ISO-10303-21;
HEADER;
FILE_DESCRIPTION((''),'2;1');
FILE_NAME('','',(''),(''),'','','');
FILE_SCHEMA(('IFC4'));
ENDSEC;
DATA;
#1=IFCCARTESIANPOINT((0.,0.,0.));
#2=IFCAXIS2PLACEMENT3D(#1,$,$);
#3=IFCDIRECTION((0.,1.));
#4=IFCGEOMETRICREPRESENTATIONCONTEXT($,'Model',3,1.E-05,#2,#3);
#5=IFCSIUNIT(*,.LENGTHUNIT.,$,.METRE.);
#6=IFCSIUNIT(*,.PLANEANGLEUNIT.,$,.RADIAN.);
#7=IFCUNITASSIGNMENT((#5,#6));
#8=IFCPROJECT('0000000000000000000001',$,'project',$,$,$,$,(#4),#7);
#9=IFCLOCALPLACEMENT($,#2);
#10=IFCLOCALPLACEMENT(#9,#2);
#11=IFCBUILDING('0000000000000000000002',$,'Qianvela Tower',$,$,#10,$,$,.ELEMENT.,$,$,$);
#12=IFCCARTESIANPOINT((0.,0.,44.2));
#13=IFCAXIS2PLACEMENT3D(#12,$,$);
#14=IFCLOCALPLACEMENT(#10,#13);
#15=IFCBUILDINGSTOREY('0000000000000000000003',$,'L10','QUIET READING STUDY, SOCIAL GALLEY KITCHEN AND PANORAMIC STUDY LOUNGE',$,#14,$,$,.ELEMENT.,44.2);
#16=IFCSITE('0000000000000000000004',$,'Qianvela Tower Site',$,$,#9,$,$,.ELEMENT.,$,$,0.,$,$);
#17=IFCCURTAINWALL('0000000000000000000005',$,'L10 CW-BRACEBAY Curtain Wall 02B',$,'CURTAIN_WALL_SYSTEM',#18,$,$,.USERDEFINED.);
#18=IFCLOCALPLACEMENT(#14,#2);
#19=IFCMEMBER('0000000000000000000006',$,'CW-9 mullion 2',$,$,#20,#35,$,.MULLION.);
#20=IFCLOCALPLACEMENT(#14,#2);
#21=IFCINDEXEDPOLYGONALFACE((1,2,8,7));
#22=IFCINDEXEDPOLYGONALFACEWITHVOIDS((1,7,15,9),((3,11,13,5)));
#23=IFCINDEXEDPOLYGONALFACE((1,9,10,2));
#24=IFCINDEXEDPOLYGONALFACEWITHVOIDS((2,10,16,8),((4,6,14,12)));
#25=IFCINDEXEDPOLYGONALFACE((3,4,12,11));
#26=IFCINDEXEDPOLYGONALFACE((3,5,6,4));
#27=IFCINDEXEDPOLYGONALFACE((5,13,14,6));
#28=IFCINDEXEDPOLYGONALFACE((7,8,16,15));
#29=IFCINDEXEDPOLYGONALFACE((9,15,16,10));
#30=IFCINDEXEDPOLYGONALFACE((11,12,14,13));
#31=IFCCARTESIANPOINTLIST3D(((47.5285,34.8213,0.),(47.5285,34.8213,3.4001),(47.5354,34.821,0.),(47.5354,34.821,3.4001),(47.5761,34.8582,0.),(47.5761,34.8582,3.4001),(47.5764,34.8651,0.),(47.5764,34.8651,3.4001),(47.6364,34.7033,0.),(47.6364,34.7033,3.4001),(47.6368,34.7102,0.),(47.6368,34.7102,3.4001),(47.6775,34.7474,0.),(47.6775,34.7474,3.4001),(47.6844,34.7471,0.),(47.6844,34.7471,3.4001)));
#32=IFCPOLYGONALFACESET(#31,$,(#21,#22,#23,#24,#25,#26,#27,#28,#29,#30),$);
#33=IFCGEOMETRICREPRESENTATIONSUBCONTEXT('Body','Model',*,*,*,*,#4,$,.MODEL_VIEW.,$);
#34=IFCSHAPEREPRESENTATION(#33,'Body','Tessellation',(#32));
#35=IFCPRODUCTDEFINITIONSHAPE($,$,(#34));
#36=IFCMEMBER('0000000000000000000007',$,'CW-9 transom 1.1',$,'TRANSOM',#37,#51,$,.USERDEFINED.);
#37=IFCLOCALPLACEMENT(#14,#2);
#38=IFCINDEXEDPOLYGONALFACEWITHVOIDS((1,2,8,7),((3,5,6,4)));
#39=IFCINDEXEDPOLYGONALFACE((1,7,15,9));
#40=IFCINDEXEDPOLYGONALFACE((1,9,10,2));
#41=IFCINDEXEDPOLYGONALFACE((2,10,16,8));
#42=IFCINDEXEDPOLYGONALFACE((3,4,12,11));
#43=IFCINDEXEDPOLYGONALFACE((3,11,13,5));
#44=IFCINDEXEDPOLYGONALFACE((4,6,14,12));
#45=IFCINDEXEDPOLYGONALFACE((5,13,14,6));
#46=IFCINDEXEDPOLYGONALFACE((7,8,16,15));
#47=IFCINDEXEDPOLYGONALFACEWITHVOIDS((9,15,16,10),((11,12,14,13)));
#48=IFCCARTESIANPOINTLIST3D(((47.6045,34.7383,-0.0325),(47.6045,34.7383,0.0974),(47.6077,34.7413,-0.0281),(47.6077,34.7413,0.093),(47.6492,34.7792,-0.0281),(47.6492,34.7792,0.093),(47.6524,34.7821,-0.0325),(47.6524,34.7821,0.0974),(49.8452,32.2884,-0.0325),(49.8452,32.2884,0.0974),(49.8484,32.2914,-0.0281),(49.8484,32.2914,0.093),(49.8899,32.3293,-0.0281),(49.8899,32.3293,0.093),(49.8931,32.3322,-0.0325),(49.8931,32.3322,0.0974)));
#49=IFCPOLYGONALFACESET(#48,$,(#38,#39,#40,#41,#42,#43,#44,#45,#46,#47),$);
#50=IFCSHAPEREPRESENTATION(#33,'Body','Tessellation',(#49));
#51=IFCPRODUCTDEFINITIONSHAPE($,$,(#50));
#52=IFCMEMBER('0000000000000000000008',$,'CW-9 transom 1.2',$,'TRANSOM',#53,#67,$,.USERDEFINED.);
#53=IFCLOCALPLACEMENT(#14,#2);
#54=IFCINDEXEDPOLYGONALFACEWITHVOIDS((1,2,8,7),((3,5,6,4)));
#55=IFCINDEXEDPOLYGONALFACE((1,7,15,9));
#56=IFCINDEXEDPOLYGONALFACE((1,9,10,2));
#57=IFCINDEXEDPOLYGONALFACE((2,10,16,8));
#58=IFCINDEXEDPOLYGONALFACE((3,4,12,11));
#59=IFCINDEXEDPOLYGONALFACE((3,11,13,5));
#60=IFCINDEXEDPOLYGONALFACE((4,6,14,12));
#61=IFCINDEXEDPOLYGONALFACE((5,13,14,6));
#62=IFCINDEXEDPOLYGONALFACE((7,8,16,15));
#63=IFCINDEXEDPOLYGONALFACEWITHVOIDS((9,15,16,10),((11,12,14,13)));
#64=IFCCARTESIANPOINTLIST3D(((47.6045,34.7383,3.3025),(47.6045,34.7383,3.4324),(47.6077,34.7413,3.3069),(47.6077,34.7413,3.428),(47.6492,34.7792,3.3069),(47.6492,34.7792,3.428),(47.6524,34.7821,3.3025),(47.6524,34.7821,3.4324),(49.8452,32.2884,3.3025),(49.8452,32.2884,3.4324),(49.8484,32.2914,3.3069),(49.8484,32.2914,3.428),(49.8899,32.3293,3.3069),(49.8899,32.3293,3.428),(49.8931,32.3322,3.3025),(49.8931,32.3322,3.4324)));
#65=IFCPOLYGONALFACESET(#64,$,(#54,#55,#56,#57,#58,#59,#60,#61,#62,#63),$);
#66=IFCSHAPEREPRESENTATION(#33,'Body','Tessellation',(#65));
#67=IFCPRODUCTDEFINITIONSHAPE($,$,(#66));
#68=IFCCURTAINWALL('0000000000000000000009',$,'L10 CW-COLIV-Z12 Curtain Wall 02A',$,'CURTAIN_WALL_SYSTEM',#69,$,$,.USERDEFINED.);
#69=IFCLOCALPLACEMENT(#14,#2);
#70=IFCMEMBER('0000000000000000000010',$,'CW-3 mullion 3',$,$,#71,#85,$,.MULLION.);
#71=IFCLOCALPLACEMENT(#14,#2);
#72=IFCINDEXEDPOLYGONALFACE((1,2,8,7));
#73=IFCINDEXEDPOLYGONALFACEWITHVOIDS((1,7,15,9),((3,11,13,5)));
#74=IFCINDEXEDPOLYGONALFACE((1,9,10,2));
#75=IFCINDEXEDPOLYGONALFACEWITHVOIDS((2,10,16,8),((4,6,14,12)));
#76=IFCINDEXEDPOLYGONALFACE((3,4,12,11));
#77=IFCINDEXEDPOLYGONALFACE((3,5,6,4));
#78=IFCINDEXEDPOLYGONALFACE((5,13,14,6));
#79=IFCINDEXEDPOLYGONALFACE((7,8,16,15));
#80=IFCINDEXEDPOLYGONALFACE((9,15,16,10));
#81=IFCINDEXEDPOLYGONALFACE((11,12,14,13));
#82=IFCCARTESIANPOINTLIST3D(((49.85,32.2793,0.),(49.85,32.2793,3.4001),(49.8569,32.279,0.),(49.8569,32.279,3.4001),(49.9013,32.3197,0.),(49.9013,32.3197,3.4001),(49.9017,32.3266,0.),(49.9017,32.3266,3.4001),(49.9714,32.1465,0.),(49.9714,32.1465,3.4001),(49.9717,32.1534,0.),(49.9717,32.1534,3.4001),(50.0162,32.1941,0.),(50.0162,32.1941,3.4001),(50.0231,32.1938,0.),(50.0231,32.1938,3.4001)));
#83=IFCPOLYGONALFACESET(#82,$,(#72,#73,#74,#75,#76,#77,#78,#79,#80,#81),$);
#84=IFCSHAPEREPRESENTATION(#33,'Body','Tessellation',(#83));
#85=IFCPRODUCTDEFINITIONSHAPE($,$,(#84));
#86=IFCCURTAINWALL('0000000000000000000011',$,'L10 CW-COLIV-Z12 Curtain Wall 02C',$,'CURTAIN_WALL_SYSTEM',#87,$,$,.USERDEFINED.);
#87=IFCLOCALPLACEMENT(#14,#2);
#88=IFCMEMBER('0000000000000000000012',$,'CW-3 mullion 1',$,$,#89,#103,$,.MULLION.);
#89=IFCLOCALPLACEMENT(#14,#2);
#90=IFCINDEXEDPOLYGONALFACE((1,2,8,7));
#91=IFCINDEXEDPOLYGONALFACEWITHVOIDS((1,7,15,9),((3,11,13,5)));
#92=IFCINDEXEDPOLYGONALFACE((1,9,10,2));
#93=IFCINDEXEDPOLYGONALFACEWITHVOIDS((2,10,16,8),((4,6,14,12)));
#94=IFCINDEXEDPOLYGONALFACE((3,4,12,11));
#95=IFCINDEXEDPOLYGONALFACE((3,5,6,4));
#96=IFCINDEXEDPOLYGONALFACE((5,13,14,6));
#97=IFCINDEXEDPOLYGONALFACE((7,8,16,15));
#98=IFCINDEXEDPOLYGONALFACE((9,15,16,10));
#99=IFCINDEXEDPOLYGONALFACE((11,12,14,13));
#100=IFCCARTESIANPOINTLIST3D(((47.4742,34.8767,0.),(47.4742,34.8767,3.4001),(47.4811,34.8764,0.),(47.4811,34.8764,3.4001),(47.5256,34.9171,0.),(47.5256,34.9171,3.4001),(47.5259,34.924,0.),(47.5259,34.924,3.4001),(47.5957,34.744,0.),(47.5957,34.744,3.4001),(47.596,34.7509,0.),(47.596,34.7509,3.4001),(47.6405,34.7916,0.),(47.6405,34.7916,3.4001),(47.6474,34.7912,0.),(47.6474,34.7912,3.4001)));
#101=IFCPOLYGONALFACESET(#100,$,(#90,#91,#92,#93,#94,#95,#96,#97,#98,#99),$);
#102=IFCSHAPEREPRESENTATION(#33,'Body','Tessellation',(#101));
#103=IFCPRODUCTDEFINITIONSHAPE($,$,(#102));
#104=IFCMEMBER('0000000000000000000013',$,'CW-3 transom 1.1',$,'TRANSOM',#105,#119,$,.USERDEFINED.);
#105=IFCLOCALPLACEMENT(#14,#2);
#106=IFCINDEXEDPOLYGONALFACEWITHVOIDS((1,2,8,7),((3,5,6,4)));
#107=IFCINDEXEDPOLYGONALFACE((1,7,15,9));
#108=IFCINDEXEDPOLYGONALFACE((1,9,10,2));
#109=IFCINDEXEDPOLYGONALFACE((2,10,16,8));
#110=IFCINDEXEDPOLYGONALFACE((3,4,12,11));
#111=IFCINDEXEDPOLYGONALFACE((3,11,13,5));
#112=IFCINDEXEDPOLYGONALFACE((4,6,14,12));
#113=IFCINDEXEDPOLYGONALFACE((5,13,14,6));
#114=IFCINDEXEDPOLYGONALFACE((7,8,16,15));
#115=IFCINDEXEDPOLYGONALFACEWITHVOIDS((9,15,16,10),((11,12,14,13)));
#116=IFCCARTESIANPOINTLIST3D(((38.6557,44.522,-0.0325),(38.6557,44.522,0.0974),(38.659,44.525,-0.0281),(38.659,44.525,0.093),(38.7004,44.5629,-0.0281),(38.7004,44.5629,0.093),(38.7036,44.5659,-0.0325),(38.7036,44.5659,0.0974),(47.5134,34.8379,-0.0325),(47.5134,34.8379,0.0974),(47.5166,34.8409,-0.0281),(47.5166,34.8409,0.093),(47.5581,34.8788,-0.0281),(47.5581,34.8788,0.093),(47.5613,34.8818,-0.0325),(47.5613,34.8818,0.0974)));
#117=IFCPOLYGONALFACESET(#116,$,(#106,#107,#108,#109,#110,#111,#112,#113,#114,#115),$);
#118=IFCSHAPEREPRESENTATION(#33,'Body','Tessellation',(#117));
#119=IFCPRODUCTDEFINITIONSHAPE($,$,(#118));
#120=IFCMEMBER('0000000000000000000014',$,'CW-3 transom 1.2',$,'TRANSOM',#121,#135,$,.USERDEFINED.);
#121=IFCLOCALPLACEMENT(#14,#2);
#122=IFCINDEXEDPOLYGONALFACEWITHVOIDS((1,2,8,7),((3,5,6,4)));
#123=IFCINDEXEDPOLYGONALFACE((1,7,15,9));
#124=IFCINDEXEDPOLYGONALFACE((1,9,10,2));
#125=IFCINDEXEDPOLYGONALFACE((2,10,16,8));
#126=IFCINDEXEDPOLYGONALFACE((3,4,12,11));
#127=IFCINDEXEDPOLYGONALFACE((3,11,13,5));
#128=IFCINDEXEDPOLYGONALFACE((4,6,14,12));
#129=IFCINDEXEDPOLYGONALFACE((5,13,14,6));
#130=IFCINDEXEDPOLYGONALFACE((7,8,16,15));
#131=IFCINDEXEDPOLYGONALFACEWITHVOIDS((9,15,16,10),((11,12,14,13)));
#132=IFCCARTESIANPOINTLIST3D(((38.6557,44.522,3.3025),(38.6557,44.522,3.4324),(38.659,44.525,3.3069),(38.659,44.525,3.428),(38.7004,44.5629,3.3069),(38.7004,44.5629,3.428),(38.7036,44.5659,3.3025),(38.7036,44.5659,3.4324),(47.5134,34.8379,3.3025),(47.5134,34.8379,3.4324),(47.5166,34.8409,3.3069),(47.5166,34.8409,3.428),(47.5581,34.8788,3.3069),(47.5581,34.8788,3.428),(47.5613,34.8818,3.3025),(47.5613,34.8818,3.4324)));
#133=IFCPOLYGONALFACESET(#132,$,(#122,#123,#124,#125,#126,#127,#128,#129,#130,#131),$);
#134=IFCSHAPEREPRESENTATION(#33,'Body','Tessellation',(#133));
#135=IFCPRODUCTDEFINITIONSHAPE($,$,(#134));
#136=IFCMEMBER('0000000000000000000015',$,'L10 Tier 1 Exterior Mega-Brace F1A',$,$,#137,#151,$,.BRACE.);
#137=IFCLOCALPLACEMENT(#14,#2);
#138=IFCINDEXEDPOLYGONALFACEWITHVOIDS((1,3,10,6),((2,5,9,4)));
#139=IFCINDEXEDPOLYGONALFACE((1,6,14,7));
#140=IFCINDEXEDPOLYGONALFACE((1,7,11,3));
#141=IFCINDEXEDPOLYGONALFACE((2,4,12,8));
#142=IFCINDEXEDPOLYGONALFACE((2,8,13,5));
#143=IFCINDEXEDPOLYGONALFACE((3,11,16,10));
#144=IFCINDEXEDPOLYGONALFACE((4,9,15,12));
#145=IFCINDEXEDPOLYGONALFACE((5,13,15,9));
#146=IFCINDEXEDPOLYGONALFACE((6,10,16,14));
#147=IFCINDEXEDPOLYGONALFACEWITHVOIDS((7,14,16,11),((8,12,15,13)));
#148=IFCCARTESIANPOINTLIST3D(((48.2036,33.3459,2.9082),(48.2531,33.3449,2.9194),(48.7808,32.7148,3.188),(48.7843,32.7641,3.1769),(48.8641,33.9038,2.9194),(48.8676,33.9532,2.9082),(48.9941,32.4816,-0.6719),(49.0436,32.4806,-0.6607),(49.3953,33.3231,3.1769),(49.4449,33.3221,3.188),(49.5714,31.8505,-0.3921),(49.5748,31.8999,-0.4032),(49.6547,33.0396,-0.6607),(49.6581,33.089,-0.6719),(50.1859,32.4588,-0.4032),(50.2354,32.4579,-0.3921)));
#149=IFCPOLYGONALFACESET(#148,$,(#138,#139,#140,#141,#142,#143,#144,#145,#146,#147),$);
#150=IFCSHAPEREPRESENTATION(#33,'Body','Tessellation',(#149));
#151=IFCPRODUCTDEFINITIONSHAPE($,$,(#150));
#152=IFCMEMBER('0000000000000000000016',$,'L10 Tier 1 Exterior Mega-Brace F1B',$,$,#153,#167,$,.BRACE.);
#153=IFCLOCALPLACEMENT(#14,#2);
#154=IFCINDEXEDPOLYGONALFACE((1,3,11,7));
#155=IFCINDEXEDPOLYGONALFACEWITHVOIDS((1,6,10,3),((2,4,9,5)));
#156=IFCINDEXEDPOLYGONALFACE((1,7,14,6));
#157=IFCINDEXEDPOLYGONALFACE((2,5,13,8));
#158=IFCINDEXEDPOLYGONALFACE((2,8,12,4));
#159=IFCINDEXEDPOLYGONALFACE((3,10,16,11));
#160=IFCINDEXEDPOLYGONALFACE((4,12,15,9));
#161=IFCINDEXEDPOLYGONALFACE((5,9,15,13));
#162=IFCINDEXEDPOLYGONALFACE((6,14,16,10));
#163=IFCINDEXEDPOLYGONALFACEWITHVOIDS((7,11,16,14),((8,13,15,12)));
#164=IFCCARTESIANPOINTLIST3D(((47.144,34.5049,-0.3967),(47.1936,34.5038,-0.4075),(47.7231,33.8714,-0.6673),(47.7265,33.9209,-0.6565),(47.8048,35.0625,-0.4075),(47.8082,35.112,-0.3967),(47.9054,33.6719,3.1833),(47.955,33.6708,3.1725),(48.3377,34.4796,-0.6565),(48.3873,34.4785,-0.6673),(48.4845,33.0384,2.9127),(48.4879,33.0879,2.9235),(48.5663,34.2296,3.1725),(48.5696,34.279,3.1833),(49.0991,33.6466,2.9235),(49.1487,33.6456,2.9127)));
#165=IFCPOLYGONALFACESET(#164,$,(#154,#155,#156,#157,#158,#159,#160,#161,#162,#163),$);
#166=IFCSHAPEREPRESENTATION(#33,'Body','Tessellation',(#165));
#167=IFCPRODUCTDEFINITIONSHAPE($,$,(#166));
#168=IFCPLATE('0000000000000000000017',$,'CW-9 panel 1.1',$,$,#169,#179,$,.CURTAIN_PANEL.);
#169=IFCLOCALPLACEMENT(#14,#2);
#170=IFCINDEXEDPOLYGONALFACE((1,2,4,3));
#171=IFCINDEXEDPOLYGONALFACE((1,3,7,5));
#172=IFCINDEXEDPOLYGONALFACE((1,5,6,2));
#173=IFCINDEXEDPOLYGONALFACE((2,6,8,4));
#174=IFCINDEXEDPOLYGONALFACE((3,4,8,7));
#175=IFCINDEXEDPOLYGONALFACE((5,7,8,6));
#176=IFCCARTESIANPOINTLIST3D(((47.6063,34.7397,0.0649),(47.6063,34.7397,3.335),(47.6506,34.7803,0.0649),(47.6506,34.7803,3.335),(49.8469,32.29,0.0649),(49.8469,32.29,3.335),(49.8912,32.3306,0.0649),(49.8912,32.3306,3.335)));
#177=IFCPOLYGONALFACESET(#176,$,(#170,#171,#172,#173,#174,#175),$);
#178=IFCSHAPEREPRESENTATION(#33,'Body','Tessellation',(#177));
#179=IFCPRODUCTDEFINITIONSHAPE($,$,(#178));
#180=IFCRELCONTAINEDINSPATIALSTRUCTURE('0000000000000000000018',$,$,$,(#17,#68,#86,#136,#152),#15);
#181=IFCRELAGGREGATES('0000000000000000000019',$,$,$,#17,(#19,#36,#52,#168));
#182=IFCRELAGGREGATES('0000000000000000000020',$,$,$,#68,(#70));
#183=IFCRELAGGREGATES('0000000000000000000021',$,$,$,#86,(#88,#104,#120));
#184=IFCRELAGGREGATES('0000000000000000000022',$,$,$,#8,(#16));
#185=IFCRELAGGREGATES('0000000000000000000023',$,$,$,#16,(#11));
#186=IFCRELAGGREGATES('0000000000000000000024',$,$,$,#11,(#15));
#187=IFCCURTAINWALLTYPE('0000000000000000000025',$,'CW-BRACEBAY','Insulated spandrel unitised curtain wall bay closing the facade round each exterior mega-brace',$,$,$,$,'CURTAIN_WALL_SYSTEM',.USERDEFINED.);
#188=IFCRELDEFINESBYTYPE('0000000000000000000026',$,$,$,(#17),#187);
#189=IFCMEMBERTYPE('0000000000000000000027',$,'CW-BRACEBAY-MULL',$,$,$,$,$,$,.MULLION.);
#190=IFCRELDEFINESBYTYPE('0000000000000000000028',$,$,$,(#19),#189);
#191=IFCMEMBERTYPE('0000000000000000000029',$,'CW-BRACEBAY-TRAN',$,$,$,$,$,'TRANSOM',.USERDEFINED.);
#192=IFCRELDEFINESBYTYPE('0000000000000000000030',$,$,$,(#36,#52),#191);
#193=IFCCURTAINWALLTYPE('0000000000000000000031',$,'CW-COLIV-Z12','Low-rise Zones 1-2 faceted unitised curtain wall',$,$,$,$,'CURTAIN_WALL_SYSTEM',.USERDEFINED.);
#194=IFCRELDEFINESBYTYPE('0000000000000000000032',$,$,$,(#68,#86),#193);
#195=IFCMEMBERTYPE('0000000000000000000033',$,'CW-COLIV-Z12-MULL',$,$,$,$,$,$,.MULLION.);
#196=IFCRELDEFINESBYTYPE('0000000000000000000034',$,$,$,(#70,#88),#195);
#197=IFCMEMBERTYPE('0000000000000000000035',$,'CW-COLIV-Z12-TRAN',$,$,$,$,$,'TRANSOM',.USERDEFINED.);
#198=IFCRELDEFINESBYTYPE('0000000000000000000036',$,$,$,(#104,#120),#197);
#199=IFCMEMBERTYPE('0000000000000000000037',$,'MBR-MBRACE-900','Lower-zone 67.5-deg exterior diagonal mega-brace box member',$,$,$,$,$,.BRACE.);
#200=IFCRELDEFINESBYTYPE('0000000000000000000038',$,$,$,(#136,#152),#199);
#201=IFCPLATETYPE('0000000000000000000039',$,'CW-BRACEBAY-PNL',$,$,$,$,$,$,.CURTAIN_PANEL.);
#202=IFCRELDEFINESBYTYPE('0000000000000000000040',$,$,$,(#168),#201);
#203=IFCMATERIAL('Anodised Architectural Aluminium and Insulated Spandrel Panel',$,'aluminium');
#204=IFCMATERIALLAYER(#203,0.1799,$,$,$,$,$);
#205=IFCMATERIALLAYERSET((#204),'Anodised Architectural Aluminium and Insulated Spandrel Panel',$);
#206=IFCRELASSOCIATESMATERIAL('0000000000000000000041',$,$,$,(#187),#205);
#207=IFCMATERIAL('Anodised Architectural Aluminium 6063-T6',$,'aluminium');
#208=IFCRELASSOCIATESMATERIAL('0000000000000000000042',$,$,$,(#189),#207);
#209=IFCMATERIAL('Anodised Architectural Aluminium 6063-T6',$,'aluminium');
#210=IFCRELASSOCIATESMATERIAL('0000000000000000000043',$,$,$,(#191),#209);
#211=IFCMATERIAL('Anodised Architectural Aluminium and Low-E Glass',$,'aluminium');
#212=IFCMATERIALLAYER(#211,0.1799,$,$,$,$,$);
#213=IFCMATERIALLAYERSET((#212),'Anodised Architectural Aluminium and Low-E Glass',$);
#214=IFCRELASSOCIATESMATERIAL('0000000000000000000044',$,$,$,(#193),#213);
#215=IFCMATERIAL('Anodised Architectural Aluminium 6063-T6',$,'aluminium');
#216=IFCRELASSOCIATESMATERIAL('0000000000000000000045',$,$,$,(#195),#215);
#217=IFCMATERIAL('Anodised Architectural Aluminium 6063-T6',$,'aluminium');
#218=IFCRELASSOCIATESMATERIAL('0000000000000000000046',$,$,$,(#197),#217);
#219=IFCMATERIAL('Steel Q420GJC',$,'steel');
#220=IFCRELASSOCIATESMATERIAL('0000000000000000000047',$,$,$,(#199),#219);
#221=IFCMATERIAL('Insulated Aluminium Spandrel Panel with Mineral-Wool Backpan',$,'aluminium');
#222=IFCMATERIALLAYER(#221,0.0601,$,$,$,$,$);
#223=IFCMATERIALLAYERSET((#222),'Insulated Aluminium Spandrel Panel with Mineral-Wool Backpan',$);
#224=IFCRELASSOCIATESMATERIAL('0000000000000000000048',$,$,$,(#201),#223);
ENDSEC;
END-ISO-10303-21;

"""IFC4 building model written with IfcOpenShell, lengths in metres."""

from ifc_helpers import new_model, si_unit, direction, frame, origin, origin_2d, place, context, subcontext, project, spatial, rectangle, hollow_rectangle, extrude, material, layer, layer_set, material_profile, profile_set, type_object, element, aggregate, save


model = new_model("IFC4")

# Units and contexts
model_context = context("Model", 3, precision=1e-05, world=origin(), true_north=direction((0.0, 1.0)))
body_context = subcontext(model_context, "Body", "Model", "MODEL_VIEW")
ifc_project = project(units=[si_unit("LENGTHUNIT", "METRE"), si_unit("PLANEANGLEUNIT", "RADIAN")], contexts=[model_context])

# Site, building, storey
site_placement = place(None, origin())
site = spatial("IfcSite", under=ifc_project, at=site_placement, Name="Qianvela Tower Site", CompositionType="ELEMENT", RefElevation=0.0)
building_placement = place(site_placement, origin())
building = spatial("IfcBuilding", under=site, at=building_placement, Name="Qianvela Tower", CompositionType="ELEMENT")
storey_placement = place(building_placement, frame((0.0, 0.0, 44.2)))
storey = spatial("IfcBuildingStorey", under=building, at=storey_placement, Name="L10", Description="QUIET READING STUDY, SOCIAL GALLEY KITCHEN AND PANORAMIC STUDY LOUNGE", CompositionType="ELEMENT", Elevation=44.2)

# Curtain wall, members
ifc_material_1 = material(Name="Anodised Architectural Aluminium and Insulated Spandrel Panel", Category="aluminium")
ifc_layer_1 = layer(ifc_material_1, 0.1799)
ifc_layer_set_1 = layer_set([ifc_layer_1], Name="Anodised Architectural Aluminium and Insulated Spandrel Panel")
curtain_wall_type_1 = type_object("IfcCurtainWallType", Name="CW-BRACEBAY", Description="Insulated spandrel unitised curtain wall bay closing the facade round each exterior mega-brace", ElementType="CURTAIN_WALL_SYSTEM", PredefinedType="USERDEFINED", material=ifc_layer_set_1)
curtain_wall_1_placement = place(storey_placement, origin())
curtain_wall_1 = element("IfcCurtainWall", 1, at=curtain_wall_1_placement, inside=storey, type_object=curtain_wall_type_1, Name="L10 CW-BRACEBAY Curtain Wall 02B", ObjectType="CURTAIN_WALL_SYSTEM", PredefinedType="USERDEFINED")
ifc_material_2 = material(Name="Anodised Architectural Aluminium 6063-T6", Category="aluminium")
ifc_material_profile_1 = material_profile(ifc_material_2, hollow_rectangle(XDim=0.0649, YDim=0.1599, WallThickness=0.0049, at=origin_2d()), Name="ALU-MULL-65x160")
ifc_profile_set_1 = profile_set([ifc_material_profile_1], Name="Anodised Architectural Aluminium 6063-T6")
member_type_1 = type_object("IfcMemberType", Name="CW-BRACEBAY-MULL", PredefinedType="MULLION", material=ifc_profile_set_1)
member_1_placement = place(storey_placement, frame((47.6064, 34.7842, 0.0), z_axis=(0.0, 0.0, 1.0), x_axis=(-0.737898, -0.674912, 0.0)))
member_1 = element("IfcMember", 2, at=member_1_placement, type_object=member_type_1, Name="CW-9 mullion 2", PredefinedType="MULLION", context=body_context, shape_type="SweptSolid", body=[
    extrude(hollow_rectangle(XDim=0.0649, YDim=0.1599, WallThickness=0.0049, at=origin_2d()), origin(), (0.0, 0.0, 1.0), 3.4001),
])
ifc_material_3 = material(Name="Anodised Architectural Aluminium 6063-T6", Category="aluminium")
ifc_material_profile_2 = material_profile(ifc_material_3, hollow_rectangle(XDim=0.0649, YDim=0.1299, WallThickness=0.0044, at=origin_2d()), Name="ALU-TRAN-65x130")
ifc_profile_set_2 = profile_set([ifc_material_profile_2], Name="Anodised Architectural Aluminium 6063-T6")
member_type_2 = type_object("IfcMemberType", Name="CW-BRACEBAY-TRAN", ElementType="TRANSOM", PredefinedType="USERDEFINED", material=ifc_profile_set_2)
member_2_placement = place(storey_placement, frame((49.8691, 32.3103, 0.0325), z_axis=(-0.674895, 0.737914, 0.0), x_axis=(-0.737914, -0.674895, 0.0)))
member_2 = element("IfcMember", 3, at=member_2_placement, type_object=member_type_2, Name="CW-9 transom 1.1", ObjectType="TRANSOM", PredefinedType="USERDEFINED", context=body_context, shape_type="SweptSolid", body=[
    extrude(hollow_rectangle(XDim=0.0649, YDim=0.1299, WallThickness=0.0044, at=origin_2d()), origin(), (0.0, 0.0, 1.0), 3.3201),
])
member_3_placement = place(storey_placement, frame((49.8691, 32.3103, 3.3674), z_axis=(-0.674895, 0.737914, 0.0), x_axis=(-0.737914, -0.674895, 0.0)))
member_3 = element("IfcMember", 4, at=member_3_placement, type_object=member_type_2, Name="CW-9 transom 1.2", ObjectType="TRANSOM", PredefinedType="USERDEFINED", context=body_context, shape_type="SweptSolid", body=[
    extrude(hollow_rectangle(XDim=0.0649, YDim=0.1299, WallThickness=0.0044, at=origin_2d()), origin(), (0.0, 0.0, 1.0), 3.3201),
])

# Curtain wall, member
ifc_material_4 = material(Name="Anodised Architectural Aluminium and Low-E Glass", Category="aluminium")
ifc_layer_2 = layer(ifc_material_4, 0.1799)
ifc_layer_set_2 = layer_set([ifc_layer_2], Name="Anodised Architectural Aluminium and Low-E Glass")
curtain_wall_type_2 = type_object("IfcCurtainWallType", Name="CW-COLIV-Z12", Description="Low-rise Zones 1-2 faceted unitised curtain wall", ElementType="CURTAIN_WALL_SYSTEM", PredefinedType="USERDEFINED", material=ifc_layer_set_2)
curtain_wall_2_placement = place(storey_placement, origin())
curtain_wall_2 = element("IfcCurtainWall", 5, at=curtain_wall_2_placement, inside=storey, type_object=curtain_wall_type_2, Name="L10 CW-COLIV-Z12 Curtain Wall 02A", ObjectType="CURTAIN_WALL_SYSTEM", PredefinedType="USERDEFINED")
ifc_material_5 = material(Name="Anodised Architectural Aluminium 6063-T6", Category="aluminium")
ifc_material_profile_3 = material_profile(ifc_material_5, hollow_rectangle(XDim=0.0701, YDim=0.1799, WallThickness=0.0049, at=origin_2d()), Name="ALU-MULL-70x180")
ifc_profile_set_3 = profile_set([ifc_material_profile_3], Name="Anodised Architectural Aluminium 6063-T6")
member_type_3 = type_object("IfcMemberType", Name="CW-COLIV-Z12-MULL", PredefinedType="MULLION", material=ifc_profile_set_3)
member_4_placement = place(storey_placement, frame((49.9365, 32.2366, 0.0), z_axis=(0.0, 0.0, 1.0), x_axis=(-0.737903, -0.674907, 0.0)))
member_4 = element("IfcMember", 6, at=member_4_placement, type_object=member_type_3, Name="CW-3 mullion 3", PredefinedType="MULLION", context=body_context, shape_type="SweptSolid", body=[
    extrude(hollow_rectangle(XDim=0.0701, YDim=0.1799, WallThickness=0.0049, at=origin_2d()), origin(), (0.0, 0.0, 1.0), 3.4001),
])

# Curtain wall, members
curtain_wall_3_placement = place(storey_placement, origin())
curtain_wall_3 = element("IfcCurtainWall", 7, at=curtain_wall_3_placement, inside=storey, type_object=curtain_wall_type_2, Name="L10 CW-COLIV-Z12 Curtain Wall 02C", ObjectType="CURTAIN_WALL_SYSTEM", PredefinedType="USERDEFINED")
member_5_placement = place(storey_placement, frame((47.5608, 34.834, 0.0), z_axis=(0.0, 0.0, 1.0), x_axis=(-0.7379, -0.67491, 0.0)))
member_5 = element("IfcMember", 8, at=member_5_placement, type_object=member_type_3, Name="CW-3 mullion 1", PredefinedType="MULLION", context=body_context, shape_type="SweptSolid", body=[
    extrude(hollow_rectangle(XDim=0.0701, YDim=0.1799, WallThickness=0.0049, at=origin_2d()), origin(), (0.0, 0.0, 1.0), 3.4001),
])
ifc_material_6 = material(Name="Anodised Architectural Aluminium 6063-T6", Category="aluminium")
ifc_material_profile_4 = material_profile(ifc_material_6, hollow_rectangle(XDim=0.0649, YDim=0.1299, WallThickness=0.0044, at=origin_2d()), Name="ALU-TRAN-65x130")
ifc_profile_set_4 = profile_set([ifc_material_profile_4], Name="Anodised Architectural Aluminium 6063-T6")
member_type_4 = type_object("IfcMemberType", Name="CW-COLIV-Z12-TRAN", ElementType="TRANSOM", PredefinedType="USERDEFINED", material=ifc_profile_set_4)
member_6_placement = place(storey_placement, frame((47.5374, 34.8599, 0.0325), z_axis=(-0.674921, 0.73789, 0.0), x_axis=(-0.73789, -0.674921, 0.0)))
member_6 = element("IfcMember", 9, at=member_6_placement, type_object=member_type_4, Name="CW-3 transom 1.1", ObjectType="TRANSOM", PredefinedType="USERDEFINED", context=body_context, shape_type="SweptSolid", body=[
    extrude(hollow_rectangle(XDim=0.0649, YDim=0.1299, WallThickness=0.0044, at=origin_2d()), origin(), (0.0, 0.0, 1.0), 13.124),
])
member_7_placement = place(storey_placement, frame((47.5374, 34.8599, 3.3674), z_axis=(-0.674921, 0.73789, 0.0), x_axis=(-0.73789, -0.674921, 0.0)))
member_7 = element("IfcMember", 10, at=member_7_placement, type_object=member_type_4, Name="CW-3 transom 1.2", ObjectType="TRANSOM", PredefinedType="USERDEFINED", context=body_context, shape_type="SweptSolid", body=[
    extrude(hollow_rectangle(XDim=0.0649, YDim=0.1299, WallThickness=0.0044, at=origin_2d()), origin(), (0.0, 0.0, 1.0), 13.124),
])

# Members
ifc_material_7 = material(Name="Steel Q420GJC", Category="steel")
ifc_material_profile_5 = material_profile(ifc_material_7, hollow_rectangle(XDim=0.8999, YDim=0.8999, WallThickness=0.0359, at=origin_2d()), Name="MBOX-900x900x36")
ifc_profile_set_5 = profile_set([ifc_material_profile_5], Name="Steel Q420GJC")
member_type_5 = type_object("IfcMemberType", Name="MBR-MBRACE-900", Description="Lower-zone 67.5-deg exterior diagonal mega-brace box member", PredefinedType="BRACE", material=ifc_profile_set_5)
member_8_placement = place(storey_placement, frame((49.6147, 32.4697, -0.532), z_axis=(-0.209867, 0.22944, 0.950428), x_axis=(-0.737881, -0.674931, 0.0)))
element("IfcMember", 11, at=member_8_placement, inside=storey, type_object=member_type_5, Name="L10 Tier 1 Exterior Mega-Brace F1A", PredefinedType="BRACE", context=body_context, shape_type="SweptSolid", body=[
    extrude(hollow_rectangle(XDim=0.8999, YDim=0.8999, WallThickness=0.0359, at=origin_2d()), origin(), (0.0, 0.0, 1.0), 3.7668),
])
member_9_placement = place(storey_placement, frame((47.7656, 34.4917, -0.532), z_axis=(0.202857, -0.221913, 0.953732), x_axis=(0.738087, 0.674705, 0.0)))
element("IfcMember", 12, at=member_9_placement, inside=storey, type_object=member_type_5, Name="L10 Tier 1 Exterior Mega-Brace F1B", PredefinedType="BRACE", context=body_context, shape_type="SweptSolid", body=[
    extrude(hollow_rectangle(XDim=0.8999, YDim=0.8999, WallThickness=0.0359, at=origin_2d()), origin(), (0.0, 0.0, 1.0), 3.7537),
])

# Plate
ifc_material_8 = material(Name="Insulated Aluminium Spandrel Panel with Mineral-Wool Backpan", Category="aluminium")
ifc_layer_3 = layer(ifc_material_8, 0.0601)
ifc_layer_set_3 = layer_set([ifc_layer_3], Name="Insulated Aluminium Spandrel Panel with Mineral-Wool Backpan")
plate_type_1 = type_object("IfcPlateType", Name="CW-BRACEBAY-PNL", PredefinedType="CURTAIN_PANEL", material=ifc_layer_set_3)
plate_1_placement = place(storey_placement, frame((48.7488, 33.5352, 0.0649), z_axis=(0.0, 0.0, 1.0), x_axis=(-0.674912, 0.737898, 0.0)))
plate_1 = element("IfcPlate", 13, at=plate_1_placement, type_object=plate_type_1, Name="CW-9 panel 1.1", PredefinedType="CURTAIN_PANEL", context=body_context, shape_type="SweptSolid", body=[
    extrude(rectangle(XDim=3.3198, YDim=0.0601, at=origin_2d()), origin(), (0.0, 0.0, 1.0), 3.27),
])
aggregate(curtain_wall_1, [member_1, member_2, member_3, plate_1])
aggregate(curtain_wall_2, [member_4])
aggregate(curtain_wall_3, [member_5, member_6, member_7])

save(model, "model.ifc")
